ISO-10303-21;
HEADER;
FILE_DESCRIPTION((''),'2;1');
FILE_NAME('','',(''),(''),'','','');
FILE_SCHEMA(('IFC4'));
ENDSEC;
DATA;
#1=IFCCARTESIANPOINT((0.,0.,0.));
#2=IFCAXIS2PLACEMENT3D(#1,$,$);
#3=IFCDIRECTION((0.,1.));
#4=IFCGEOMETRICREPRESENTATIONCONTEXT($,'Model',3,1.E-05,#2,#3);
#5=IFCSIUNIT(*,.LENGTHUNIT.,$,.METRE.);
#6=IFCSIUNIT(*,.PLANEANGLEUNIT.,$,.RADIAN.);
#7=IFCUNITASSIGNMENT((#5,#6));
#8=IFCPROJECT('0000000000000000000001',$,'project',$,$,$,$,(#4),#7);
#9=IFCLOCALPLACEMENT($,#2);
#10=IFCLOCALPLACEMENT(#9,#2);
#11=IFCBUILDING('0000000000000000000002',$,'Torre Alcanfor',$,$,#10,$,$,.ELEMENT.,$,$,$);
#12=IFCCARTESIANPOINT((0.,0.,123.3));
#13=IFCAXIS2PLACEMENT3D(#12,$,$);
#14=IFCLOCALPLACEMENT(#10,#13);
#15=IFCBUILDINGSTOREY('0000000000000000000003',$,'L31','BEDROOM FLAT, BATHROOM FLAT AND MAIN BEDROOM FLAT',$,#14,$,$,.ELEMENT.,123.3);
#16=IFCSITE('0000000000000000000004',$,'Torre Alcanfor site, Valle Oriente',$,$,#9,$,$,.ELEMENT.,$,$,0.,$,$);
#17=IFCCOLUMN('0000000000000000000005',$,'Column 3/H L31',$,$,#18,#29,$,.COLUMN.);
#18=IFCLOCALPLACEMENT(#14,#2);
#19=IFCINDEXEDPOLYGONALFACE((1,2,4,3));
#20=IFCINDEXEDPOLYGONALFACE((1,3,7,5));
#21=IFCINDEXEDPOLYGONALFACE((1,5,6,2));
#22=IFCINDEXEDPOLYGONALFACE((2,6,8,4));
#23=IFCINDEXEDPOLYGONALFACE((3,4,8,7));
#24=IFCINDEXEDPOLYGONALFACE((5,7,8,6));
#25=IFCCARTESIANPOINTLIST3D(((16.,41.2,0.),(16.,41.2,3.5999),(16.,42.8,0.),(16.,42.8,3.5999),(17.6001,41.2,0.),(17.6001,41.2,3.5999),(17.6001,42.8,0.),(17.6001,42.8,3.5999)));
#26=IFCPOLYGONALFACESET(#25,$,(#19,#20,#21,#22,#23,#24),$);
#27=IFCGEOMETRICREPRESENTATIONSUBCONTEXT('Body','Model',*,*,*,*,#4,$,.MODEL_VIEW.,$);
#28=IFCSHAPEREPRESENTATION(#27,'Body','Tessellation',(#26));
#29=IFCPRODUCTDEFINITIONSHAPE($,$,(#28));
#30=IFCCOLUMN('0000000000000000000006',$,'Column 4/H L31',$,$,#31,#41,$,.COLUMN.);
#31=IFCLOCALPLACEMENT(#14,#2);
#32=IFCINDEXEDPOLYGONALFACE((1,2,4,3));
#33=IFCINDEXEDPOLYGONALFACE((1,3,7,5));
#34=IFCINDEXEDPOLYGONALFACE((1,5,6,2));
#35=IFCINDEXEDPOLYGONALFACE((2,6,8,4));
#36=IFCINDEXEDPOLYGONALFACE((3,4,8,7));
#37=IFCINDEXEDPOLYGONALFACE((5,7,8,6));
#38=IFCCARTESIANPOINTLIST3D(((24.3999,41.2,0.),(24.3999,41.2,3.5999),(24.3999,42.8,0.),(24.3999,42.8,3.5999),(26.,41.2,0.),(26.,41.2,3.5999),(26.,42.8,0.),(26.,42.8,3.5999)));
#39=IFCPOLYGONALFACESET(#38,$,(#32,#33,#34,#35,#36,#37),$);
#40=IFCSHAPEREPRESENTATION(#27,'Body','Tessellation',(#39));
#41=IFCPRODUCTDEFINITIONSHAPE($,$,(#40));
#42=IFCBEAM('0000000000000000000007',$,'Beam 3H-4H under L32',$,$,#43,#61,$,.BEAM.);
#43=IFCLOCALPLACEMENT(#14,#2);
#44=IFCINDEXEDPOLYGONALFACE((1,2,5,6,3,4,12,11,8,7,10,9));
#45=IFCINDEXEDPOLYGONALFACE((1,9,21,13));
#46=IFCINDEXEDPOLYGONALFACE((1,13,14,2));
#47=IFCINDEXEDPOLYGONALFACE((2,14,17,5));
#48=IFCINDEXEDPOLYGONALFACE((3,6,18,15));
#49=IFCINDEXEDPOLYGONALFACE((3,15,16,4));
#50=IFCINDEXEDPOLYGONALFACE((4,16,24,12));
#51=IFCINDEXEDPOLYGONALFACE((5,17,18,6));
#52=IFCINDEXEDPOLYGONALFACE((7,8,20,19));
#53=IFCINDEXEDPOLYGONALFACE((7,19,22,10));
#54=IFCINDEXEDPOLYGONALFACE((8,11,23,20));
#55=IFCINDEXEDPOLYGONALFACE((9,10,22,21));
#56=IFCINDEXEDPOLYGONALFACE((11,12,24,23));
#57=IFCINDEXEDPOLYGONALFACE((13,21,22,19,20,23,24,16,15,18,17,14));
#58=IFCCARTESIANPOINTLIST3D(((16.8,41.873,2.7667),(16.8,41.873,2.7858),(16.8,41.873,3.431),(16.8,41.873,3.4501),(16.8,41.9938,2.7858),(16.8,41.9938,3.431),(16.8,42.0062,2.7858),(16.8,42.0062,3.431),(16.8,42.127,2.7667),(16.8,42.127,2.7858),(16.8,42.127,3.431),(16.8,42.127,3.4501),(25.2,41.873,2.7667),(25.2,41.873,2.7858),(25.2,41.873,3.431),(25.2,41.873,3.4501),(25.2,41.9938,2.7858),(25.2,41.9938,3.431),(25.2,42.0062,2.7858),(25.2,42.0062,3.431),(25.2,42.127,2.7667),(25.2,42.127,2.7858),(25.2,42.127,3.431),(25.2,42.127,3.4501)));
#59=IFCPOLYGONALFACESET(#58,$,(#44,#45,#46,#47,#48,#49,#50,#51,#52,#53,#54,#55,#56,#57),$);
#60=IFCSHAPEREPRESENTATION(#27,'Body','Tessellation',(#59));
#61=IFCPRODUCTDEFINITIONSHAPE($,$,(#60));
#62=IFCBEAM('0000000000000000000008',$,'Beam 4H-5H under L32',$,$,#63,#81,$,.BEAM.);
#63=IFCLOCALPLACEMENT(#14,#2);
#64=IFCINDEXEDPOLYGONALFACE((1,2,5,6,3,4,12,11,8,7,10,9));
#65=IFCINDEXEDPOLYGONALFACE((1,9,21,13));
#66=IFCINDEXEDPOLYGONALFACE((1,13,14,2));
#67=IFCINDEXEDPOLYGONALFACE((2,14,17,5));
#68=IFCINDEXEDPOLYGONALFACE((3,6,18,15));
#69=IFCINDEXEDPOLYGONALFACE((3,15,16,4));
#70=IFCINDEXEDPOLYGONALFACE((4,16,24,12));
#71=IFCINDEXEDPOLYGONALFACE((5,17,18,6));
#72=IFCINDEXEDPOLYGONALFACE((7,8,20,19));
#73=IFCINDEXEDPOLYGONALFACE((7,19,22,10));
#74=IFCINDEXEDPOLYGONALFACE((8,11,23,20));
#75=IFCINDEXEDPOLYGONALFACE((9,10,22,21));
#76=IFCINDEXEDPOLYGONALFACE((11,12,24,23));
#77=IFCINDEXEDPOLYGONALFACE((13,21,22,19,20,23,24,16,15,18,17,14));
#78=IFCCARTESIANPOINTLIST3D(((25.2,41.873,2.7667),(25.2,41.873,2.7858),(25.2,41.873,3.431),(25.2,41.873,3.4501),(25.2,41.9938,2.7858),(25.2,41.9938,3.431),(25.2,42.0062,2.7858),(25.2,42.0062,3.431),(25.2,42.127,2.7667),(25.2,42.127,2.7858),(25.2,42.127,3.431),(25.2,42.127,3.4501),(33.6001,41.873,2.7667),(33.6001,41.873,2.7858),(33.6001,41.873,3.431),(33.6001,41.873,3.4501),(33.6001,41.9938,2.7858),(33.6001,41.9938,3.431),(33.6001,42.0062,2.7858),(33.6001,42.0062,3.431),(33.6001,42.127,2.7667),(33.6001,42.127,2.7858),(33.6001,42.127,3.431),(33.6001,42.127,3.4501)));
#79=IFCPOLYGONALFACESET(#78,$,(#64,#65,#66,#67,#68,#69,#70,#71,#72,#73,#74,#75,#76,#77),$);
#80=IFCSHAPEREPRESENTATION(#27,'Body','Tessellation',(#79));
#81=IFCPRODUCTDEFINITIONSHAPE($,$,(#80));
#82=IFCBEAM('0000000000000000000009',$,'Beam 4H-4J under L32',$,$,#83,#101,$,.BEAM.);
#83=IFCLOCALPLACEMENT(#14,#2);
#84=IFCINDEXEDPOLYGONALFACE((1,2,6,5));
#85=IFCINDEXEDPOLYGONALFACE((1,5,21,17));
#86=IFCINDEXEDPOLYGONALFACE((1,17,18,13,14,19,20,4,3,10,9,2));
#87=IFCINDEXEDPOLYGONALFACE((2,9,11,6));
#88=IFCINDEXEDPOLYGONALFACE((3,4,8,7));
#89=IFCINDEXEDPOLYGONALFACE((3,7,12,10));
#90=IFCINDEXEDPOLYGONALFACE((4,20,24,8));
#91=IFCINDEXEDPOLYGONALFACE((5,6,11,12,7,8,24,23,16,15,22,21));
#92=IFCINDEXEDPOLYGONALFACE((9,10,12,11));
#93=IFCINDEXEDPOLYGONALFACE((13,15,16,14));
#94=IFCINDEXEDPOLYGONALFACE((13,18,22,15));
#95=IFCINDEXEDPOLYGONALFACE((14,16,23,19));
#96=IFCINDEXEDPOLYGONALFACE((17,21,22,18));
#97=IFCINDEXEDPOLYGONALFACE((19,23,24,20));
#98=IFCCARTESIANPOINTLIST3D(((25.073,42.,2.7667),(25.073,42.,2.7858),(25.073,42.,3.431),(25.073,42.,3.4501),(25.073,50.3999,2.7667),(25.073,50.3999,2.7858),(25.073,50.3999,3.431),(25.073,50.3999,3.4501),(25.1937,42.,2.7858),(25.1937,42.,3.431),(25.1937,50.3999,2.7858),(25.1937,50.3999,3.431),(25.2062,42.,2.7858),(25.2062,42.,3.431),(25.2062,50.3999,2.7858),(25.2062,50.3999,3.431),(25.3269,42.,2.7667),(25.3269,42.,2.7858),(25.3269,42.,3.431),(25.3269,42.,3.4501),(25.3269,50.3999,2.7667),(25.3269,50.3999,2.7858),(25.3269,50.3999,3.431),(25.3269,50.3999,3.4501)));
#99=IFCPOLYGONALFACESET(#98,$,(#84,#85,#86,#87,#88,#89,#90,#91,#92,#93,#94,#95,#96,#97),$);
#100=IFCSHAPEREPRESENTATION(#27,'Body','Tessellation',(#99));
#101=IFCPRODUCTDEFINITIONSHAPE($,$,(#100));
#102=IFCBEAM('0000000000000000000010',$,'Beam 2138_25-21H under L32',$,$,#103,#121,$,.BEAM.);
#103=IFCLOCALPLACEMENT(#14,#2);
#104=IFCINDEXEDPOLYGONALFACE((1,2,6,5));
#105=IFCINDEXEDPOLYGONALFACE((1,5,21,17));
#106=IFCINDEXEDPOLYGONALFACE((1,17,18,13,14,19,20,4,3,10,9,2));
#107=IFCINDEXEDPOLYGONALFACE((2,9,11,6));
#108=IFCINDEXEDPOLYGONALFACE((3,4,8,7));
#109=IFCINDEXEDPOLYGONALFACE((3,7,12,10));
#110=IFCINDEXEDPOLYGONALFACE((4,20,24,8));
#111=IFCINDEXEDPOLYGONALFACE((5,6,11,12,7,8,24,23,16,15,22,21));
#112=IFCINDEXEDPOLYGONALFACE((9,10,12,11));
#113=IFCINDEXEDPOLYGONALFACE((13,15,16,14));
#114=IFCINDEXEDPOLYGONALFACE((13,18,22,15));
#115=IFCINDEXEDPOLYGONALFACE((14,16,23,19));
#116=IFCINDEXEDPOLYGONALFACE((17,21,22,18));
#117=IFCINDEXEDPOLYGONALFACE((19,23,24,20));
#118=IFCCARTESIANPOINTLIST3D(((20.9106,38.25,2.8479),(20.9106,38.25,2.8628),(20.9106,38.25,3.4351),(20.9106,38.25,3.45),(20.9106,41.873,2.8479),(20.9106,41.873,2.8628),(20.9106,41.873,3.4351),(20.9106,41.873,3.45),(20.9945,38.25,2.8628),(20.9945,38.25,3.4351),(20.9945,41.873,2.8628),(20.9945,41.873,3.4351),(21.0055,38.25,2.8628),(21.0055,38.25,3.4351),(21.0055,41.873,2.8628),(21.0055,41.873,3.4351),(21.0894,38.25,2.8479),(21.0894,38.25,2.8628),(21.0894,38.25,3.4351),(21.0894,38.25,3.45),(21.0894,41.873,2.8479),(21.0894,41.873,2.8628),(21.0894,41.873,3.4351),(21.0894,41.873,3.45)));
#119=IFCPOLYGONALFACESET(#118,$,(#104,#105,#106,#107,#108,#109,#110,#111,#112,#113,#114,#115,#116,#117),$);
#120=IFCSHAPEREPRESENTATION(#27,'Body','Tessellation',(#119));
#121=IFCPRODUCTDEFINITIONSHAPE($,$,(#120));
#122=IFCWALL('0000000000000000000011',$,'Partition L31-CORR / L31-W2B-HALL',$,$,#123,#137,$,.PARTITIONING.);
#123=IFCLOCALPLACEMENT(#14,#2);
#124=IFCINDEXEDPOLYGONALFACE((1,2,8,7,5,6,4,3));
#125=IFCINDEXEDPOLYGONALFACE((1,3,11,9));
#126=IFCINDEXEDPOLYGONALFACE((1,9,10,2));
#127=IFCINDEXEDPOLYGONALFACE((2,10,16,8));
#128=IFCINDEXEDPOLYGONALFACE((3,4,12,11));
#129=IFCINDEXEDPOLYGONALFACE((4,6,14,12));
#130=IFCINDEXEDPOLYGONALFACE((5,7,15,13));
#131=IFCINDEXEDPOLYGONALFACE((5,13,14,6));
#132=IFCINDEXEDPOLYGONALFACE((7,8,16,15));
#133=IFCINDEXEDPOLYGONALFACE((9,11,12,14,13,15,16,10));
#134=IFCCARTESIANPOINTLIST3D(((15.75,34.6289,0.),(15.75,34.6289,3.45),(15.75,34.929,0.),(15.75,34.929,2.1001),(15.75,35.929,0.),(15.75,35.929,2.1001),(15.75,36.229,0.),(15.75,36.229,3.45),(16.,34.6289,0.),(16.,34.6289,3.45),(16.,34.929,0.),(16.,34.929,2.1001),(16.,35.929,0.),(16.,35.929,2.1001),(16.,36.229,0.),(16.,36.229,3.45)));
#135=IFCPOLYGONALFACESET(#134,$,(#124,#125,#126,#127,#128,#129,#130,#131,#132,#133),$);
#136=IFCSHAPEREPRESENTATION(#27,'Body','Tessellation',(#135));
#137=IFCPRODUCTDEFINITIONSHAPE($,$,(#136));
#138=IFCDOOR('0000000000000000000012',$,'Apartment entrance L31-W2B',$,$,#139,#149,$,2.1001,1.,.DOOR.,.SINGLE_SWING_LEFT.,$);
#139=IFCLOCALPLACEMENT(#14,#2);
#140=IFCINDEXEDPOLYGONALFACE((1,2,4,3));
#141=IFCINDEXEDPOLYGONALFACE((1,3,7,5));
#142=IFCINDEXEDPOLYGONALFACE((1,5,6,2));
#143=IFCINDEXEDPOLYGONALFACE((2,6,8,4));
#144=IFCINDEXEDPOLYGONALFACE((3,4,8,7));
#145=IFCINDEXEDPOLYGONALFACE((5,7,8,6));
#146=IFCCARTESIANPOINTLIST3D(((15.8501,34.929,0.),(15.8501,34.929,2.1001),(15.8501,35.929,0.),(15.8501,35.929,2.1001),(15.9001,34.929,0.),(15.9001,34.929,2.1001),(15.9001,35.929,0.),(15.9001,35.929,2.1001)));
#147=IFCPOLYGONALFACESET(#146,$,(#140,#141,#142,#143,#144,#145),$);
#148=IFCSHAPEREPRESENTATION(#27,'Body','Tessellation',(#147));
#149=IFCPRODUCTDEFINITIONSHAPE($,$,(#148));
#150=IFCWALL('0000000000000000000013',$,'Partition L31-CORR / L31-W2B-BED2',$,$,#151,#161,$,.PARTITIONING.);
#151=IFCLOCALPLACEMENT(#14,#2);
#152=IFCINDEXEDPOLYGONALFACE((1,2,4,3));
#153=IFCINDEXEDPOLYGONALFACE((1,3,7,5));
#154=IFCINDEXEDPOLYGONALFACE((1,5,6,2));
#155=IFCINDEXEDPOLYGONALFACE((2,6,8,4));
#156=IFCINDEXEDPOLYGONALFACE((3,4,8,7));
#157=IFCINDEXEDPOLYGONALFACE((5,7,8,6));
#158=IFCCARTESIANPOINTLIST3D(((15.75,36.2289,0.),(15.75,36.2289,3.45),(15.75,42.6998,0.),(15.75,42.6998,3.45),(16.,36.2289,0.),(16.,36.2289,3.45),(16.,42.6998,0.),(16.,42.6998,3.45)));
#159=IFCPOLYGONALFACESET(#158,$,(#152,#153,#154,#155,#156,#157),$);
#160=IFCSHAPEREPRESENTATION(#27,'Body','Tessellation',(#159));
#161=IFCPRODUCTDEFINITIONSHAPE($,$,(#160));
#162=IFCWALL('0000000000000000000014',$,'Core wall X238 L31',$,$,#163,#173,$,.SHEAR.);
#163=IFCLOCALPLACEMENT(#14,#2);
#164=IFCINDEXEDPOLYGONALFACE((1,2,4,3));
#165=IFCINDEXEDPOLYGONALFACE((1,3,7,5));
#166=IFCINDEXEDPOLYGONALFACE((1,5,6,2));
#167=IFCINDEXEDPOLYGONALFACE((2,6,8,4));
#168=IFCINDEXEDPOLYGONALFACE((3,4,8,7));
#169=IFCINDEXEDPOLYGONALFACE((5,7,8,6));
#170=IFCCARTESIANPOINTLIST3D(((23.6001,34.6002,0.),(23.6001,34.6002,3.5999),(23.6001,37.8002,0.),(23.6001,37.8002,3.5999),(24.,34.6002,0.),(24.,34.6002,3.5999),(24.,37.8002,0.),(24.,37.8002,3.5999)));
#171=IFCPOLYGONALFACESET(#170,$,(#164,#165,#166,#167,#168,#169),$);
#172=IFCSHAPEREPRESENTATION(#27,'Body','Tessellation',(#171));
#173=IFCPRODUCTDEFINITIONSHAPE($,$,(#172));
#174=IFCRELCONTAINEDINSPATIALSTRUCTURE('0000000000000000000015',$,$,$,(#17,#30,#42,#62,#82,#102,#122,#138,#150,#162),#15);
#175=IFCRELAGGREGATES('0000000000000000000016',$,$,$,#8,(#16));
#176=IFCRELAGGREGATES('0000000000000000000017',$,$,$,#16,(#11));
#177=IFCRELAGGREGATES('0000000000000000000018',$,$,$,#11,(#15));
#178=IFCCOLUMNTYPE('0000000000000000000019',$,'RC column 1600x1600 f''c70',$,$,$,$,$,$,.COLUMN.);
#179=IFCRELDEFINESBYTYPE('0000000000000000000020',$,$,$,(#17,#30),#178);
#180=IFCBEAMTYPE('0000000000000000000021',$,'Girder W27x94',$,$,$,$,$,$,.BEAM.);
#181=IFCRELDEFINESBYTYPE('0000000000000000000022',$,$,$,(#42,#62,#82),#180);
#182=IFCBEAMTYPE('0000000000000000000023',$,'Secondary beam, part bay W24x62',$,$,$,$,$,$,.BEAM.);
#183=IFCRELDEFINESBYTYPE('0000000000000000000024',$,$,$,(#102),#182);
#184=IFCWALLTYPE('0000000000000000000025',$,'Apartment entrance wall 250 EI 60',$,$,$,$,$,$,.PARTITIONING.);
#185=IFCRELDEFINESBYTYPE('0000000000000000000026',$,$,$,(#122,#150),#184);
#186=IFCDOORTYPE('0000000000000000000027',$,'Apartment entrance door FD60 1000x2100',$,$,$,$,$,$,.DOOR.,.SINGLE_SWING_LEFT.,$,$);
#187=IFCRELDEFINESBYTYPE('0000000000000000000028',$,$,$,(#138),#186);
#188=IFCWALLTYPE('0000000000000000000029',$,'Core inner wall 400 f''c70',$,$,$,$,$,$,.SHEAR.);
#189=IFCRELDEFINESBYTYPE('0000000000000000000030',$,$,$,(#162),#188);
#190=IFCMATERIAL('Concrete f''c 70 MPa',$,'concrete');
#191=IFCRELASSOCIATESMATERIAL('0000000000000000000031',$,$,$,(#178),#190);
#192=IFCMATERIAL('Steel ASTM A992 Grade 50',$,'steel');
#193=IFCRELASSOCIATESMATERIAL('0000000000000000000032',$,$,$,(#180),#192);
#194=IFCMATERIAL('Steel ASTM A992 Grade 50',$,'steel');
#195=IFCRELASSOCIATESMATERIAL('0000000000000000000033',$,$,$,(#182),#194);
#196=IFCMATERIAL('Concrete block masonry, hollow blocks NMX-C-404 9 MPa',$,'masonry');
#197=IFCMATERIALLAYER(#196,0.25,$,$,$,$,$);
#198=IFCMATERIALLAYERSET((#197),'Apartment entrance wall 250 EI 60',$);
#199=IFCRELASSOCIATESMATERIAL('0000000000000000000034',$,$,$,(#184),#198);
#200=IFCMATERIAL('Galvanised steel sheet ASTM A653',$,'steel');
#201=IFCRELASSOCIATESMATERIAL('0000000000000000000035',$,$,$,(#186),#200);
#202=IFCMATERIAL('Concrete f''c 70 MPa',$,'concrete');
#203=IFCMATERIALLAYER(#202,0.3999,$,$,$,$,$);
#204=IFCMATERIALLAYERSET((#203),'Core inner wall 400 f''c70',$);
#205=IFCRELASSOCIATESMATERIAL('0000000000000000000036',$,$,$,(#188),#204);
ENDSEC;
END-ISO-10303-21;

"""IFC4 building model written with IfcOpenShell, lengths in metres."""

from ifc_helpers import new_model, si_unit, direction, frame, frame_2d, origin, origin_2d, place, context, subcontext, project, spatial, rectangle, i_section, extrude, material, layer, layer_set, material_profile, profile_set, type_object, element, fill, save


model = new_model("IFC4")

# Units and contexts
model_context = context("Model", 3, precision=1e-05, world=origin(), true_north=direction((0.0, 1.0)))
body_context = subcontext(model_context, "Body", "Model", "MODEL_VIEW")
ifc_project = project(units=[si_unit("LENGTHUNIT", "METRE"), si_unit("PLANEANGLEUNIT", "RADIAN")], contexts=[model_context])

# Site, building, storey
site_placement = place(None, origin())
site = spatial("IfcSite", under=ifc_project, at=site_placement, Name="Torre Alcanfor site, Valle Oriente", CompositionType="ELEMENT", RefElevation=0.0)
building_placement = place(site_placement, origin())
building = spatial("IfcBuilding", under=site, at=building_placement, Name="Torre Alcanfor", CompositionType="ELEMENT")
storey_placement = place(building_placement, frame((0.0, 0.0, 123.3)))
storey = spatial("IfcBuildingStorey", under=building, at=storey_placement, Name="L31", Description="BEDROOM FLAT, BATHROOM FLAT AND MAIN BEDROOM FLAT", CompositionType="ELEMENT", Elevation=123.3)

# Columns
ifc_material_1 = material(Name="Concrete f'c 70 MPa", Category="concrete")
ifc_material_profile_1 = material_profile(ifc_material_1, rectangle(XDim=1.6001, YDim=1.6001, at=origin_2d()), Name="1600x1600")
ifc_profile_set_1 = profile_set([ifc_material_profile_1], Name="Concrete f'c 70 MPa")
column_type = type_object("IfcColumnType", Name="RC column 1600x1600 f'c70", PredefinedType="COLUMN", material=ifc_profile_set_1)
for number, where, z_axis, x_axis, name in (
    (1, (16.8, 42.0, 0.0), (0.0, 0.0, 1.0), (1.0, 0.0, 0.0), "Column 3/H L31"),
    (2, (25.2, 42.0, 0.0), (0.0, 0.0, 1.0), (1.0, 0.0, 0.0), "Column 4/H L31"),
):
    element("IfcColumn", number, at=place(storey_placement, frame(where, z_axis=z_axis, x_axis=x_axis)), inside=storey, type_object=column_type, Name=name, PredefinedType="COLUMN", context=body_context, shape_type="SweptSolid", body=[
        extrude(rectangle(XDim=1.6001, YDim=1.6001, at=origin_2d()), origin(), (0.0, 0.0, 1.0), 3.5999),
    ])

# Beams
ifc_material_2 = material(Name="Steel ASTM A992 Grade 50", Category="steel")
ifc_material_profile_2 = material_profile(ifc_material_2, i_section(OverallWidth=0.2539, OverallDepth=0.6833, WebThickness=0.0125, FlangeThickness=0.019, at=origin_2d()), Name="W27x94")
ifc_profile_set_2 = profile_set([ifc_material_profile_2], Name="Steel ASTM A992 Grade 50")
beam_type_1 = type_object("IfcBeamType", Name="Girder W27x94", PredefinedType="BEAM", material=ifc_profile_set_2)
beam_1_placement = place(storey_placement, frame((16.8, 42.0, 3.1084), z_axis=(1.0, 0.0, 0.0), x_axis=(0.0, 1.0, 0.0)))
element("IfcBeam", 3, at=beam_1_placement, inside=storey, type_object=beam_type_1, Name="Beam 3H-4H under L32", PredefinedType="BEAM", context=body_context, shape_type="SweptSolid", body=[
    extrude(i_section(OverallWidth=0.2539, OverallDepth=0.6833, WebThickness=0.0125, FlangeThickness=0.019, at=origin_2d()), origin(), (0.0, 0.0, 1.0), 8.3999),
])
beam_2_placement = place(storey_placement, frame((25.2, 42.0, 3.1084), z_axis=(1.0, 0.0, 0.0), x_axis=(0.0, 1.0, 0.0)))
element("IfcBeam", 4, at=beam_2_placement, inside=storey, type_object=beam_type_1, Name="Beam 4H-5H under L32", PredefinedType="BEAM", context=body_context, shape_type="SweptSolid", body=[
    extrude(i_section(OverallWidth=0.2539, OverallDepth=0.6833, WebThickness=0.0125, FlangeThickness=0.019, at=origin_2d()), origin(), (0.0, 0.0, 1.0), 8.4001),
])
beam_3_placement = place(storey_placement, frame((25.2, 42.0, 3.1084), z_axis=(0.0, 1.0, 0.0), x_axis=(-1.0, 0.0, 0.0)))
element("IfcBeam", 5, at=beam_3_placement, inside=storey, type_object=beam_type_1, Name="Beam 4H-4J under L32", PredefinedType="BEAM", context=body_context, shape_type="SweptSolid", body=[
    extrude(i_section(OverallWidth=0.2539, OverallDepth=0.6833, WebThickness=0.0125, FlangeThickness=0.019, at=origin_2d()), origin(), (0.0, 0.0, 1.0), 8.3999),
])
ifc_material_3 = material(Name="Steel ASTM A992 Grade 50", Category="steel")
ifc_material_profile_3 = material_profile(ifc_material_3, i_section(OverallWidth=0.1787, OverallDepth=0.6021, WebThickness=0.011, FlangeThickness=0.0149, at=origin_2d()), Name="W24x62")
ifc_profile_set_3 = profile_set([ifc_material_profile_3], Name="Steel ASTM A992 Grade 50")
beam_type_2 = type_object("IfcBeamType", Name="Secondary beam, part bay W24x62", PredefinedType="BEAM", material=ifc_profile_set_3)
beam_4_placement = place(storey_placement, frame((21.0, 38.25, 3.1489), z_axis=(0.0, 1.0, 0.0), x_axis=(-1.0, 0.0, 0.0)))
element("IfcBeam", 6, at=beam_4_placement, inside=storey, type_object=beam_type_2, Name="Beam 2138_25-21H under L32", PredefinedType="BEAM", context=body_context, shape_type="SweptSolid", body=[
    extrude(i_section(OverallWidth=0.1787, OverallDepth=0.6021, WebThickness=0.011, FlangeThickness=0.0149, at=origin_2d()), origin(), (0.0, 0.0, 1.0), 3.623),
])

# Wall, opening, door
ifc_material_4 = material(Name="Concrete block masonry, hollow blocks NMX-C-404 9 MPa", Category="masonry")
ifc_layer_1 = layer(ifc_material_4, 0.25)
ifc_layer_set_1 = layer_set([ifc_layer_1], Name="Apartment entrance wall 250 EI 60")
wall_type_1 = type_object("IfcWallType", Name="Apartment entrance wall 250 EI 60", PredefinedType="PARTITIONING", material=ifc_layer_set_1)
wall_1_placement = place(storey_placement, frame((15.875, 34.6289, 0.0), z_axis=(0.0, 0.0, 1.0), x_axis=(0.0, 1.0, 0.0)))
wall_1 = element("IfcWall", 7, at=wall_1_placement, inside=storey, type_object=wall_type_1, Name="Partition L31-CORR / L31-W2B-HALL", PredefinedType="PARTITIONING", context=body_context, shape_type="SweptSolid", body=[
    extrude(rectangle(XDim=1.6001, YDim=0.25, at=frame_2d((0.8, 0.0))), origin(), (0.0, 0.0, 1.0), 3.45),
])
opening_1_placement = place(wall_1_placement, frame((0.3, 0.0, 0.0)))
opening_1 = element("IfcOpeningElement", 8, at=opening_1_placement, cuts=wall_1, PredefinedType="OPENING", context=body_context, shape_type="SweptSolid", body=[
    extrude(rectangle(XDim=1.0, YDim=2.1001, at=frame_2d((0.5, 1.05))), frame((0.0, 0.135, 0.0), z_axis=(0.0, -1.0, 0.0), x_axis=(1.0, 0.0, 0.0)), (0.0, 0.0, 1.0), 0.27),
])
ifc_material_5 = material(Name="Galvanised steel sheet ASTM A653", Category="steel")
door_type_1 = type_object("IfcDoorType", Name="Apartment entrance door FD60 1000x2100", OperationType="SINGLE_SWING_LEFT", PredefinedType="DOOR", material=ifc_material_5)
door_1_placement = place(opening_1_placement, origin())
door_1 = element("IfcDoor", 9, at=door_1_placement, inside=storey, type_object=door_type_1, Name="Apartment entrance L31-W2B", OperationType="SINGLE_SWING_LEFT", OverallHeight=2.1001, OverallWidth=1.0, PredefinedType="DOOR", context=body_context, shape_type="SweptSolid", body=[
    extrude(rectangle(XDim=1.0, YDim=2.1001, at=frame_2d((0.5, 1.05))), frame((0.0, 0.0249, 0.0), z_axis=(0.0, -1.0, 0.0), x_axis=(1.0, 0.0, 0.0)), (0.0, 0.0, 1.0), 0.05),
])
fill(opening_1, door_1)

# Walls
wall_2_placement = place(storey_placement, frame((15.875, 36.229, 0.0), z_axis=(0.0, 0.0, 1.0), x_axis=(0.0, 1.0, 0.0)))
element("IfcWall", 10, at=wall_2_placement, inside=storey, type_object=wall_type_1, Name="Partition L31-CORR / L31-W2B-BED2", PredefinedType="PARTITIONING", context=body_context, shape_type="SweptSolid", body=[
    extrude(rectangle(XDim=6.4709, YDim=0.25, at=frame_2d((3.2354, 0.0))), origin(), (0.0, 0.0, 1.0), 3.45),
])
ifc_material_6 = material(Name="Concrete f'c 70 MPa", Category="concrete")
ifc_layer_2 = layer(ifc_material_6, 0.3999)
ifc_layer_set_2 = layer_set([ifc_layer_2], Name="Core inner wall 400 f'c70")
wall_type_2 = type_object("IfcWallType", Name="Core inner wall 400 f'c70", PredefinedType="SHEAR", material=ifc_layer_set_2)
wall_3_placement = place(storey_placement, frame((23.8, 34.6001, 0.0), z_axis=(0.0, 0.0, 1.0), x_axis=(0.0, 1.0, 0.0)))
element("IfcWall", 11, at=wall_3_placement, inside=storey, type_object=wall_type_2, Name="Core wall X238 L31", PredefinedType="SHEAR", context=body_context, shape_type="SweptSolid", body=[
    extrude(rectangle(XDim=3.2, YDim=0.3999, at=frame_2d((1.6001, 0.0))), origin(), (0.0, 0.0, 1.0), 3.5999),
])

save(model, "model.ifc")
